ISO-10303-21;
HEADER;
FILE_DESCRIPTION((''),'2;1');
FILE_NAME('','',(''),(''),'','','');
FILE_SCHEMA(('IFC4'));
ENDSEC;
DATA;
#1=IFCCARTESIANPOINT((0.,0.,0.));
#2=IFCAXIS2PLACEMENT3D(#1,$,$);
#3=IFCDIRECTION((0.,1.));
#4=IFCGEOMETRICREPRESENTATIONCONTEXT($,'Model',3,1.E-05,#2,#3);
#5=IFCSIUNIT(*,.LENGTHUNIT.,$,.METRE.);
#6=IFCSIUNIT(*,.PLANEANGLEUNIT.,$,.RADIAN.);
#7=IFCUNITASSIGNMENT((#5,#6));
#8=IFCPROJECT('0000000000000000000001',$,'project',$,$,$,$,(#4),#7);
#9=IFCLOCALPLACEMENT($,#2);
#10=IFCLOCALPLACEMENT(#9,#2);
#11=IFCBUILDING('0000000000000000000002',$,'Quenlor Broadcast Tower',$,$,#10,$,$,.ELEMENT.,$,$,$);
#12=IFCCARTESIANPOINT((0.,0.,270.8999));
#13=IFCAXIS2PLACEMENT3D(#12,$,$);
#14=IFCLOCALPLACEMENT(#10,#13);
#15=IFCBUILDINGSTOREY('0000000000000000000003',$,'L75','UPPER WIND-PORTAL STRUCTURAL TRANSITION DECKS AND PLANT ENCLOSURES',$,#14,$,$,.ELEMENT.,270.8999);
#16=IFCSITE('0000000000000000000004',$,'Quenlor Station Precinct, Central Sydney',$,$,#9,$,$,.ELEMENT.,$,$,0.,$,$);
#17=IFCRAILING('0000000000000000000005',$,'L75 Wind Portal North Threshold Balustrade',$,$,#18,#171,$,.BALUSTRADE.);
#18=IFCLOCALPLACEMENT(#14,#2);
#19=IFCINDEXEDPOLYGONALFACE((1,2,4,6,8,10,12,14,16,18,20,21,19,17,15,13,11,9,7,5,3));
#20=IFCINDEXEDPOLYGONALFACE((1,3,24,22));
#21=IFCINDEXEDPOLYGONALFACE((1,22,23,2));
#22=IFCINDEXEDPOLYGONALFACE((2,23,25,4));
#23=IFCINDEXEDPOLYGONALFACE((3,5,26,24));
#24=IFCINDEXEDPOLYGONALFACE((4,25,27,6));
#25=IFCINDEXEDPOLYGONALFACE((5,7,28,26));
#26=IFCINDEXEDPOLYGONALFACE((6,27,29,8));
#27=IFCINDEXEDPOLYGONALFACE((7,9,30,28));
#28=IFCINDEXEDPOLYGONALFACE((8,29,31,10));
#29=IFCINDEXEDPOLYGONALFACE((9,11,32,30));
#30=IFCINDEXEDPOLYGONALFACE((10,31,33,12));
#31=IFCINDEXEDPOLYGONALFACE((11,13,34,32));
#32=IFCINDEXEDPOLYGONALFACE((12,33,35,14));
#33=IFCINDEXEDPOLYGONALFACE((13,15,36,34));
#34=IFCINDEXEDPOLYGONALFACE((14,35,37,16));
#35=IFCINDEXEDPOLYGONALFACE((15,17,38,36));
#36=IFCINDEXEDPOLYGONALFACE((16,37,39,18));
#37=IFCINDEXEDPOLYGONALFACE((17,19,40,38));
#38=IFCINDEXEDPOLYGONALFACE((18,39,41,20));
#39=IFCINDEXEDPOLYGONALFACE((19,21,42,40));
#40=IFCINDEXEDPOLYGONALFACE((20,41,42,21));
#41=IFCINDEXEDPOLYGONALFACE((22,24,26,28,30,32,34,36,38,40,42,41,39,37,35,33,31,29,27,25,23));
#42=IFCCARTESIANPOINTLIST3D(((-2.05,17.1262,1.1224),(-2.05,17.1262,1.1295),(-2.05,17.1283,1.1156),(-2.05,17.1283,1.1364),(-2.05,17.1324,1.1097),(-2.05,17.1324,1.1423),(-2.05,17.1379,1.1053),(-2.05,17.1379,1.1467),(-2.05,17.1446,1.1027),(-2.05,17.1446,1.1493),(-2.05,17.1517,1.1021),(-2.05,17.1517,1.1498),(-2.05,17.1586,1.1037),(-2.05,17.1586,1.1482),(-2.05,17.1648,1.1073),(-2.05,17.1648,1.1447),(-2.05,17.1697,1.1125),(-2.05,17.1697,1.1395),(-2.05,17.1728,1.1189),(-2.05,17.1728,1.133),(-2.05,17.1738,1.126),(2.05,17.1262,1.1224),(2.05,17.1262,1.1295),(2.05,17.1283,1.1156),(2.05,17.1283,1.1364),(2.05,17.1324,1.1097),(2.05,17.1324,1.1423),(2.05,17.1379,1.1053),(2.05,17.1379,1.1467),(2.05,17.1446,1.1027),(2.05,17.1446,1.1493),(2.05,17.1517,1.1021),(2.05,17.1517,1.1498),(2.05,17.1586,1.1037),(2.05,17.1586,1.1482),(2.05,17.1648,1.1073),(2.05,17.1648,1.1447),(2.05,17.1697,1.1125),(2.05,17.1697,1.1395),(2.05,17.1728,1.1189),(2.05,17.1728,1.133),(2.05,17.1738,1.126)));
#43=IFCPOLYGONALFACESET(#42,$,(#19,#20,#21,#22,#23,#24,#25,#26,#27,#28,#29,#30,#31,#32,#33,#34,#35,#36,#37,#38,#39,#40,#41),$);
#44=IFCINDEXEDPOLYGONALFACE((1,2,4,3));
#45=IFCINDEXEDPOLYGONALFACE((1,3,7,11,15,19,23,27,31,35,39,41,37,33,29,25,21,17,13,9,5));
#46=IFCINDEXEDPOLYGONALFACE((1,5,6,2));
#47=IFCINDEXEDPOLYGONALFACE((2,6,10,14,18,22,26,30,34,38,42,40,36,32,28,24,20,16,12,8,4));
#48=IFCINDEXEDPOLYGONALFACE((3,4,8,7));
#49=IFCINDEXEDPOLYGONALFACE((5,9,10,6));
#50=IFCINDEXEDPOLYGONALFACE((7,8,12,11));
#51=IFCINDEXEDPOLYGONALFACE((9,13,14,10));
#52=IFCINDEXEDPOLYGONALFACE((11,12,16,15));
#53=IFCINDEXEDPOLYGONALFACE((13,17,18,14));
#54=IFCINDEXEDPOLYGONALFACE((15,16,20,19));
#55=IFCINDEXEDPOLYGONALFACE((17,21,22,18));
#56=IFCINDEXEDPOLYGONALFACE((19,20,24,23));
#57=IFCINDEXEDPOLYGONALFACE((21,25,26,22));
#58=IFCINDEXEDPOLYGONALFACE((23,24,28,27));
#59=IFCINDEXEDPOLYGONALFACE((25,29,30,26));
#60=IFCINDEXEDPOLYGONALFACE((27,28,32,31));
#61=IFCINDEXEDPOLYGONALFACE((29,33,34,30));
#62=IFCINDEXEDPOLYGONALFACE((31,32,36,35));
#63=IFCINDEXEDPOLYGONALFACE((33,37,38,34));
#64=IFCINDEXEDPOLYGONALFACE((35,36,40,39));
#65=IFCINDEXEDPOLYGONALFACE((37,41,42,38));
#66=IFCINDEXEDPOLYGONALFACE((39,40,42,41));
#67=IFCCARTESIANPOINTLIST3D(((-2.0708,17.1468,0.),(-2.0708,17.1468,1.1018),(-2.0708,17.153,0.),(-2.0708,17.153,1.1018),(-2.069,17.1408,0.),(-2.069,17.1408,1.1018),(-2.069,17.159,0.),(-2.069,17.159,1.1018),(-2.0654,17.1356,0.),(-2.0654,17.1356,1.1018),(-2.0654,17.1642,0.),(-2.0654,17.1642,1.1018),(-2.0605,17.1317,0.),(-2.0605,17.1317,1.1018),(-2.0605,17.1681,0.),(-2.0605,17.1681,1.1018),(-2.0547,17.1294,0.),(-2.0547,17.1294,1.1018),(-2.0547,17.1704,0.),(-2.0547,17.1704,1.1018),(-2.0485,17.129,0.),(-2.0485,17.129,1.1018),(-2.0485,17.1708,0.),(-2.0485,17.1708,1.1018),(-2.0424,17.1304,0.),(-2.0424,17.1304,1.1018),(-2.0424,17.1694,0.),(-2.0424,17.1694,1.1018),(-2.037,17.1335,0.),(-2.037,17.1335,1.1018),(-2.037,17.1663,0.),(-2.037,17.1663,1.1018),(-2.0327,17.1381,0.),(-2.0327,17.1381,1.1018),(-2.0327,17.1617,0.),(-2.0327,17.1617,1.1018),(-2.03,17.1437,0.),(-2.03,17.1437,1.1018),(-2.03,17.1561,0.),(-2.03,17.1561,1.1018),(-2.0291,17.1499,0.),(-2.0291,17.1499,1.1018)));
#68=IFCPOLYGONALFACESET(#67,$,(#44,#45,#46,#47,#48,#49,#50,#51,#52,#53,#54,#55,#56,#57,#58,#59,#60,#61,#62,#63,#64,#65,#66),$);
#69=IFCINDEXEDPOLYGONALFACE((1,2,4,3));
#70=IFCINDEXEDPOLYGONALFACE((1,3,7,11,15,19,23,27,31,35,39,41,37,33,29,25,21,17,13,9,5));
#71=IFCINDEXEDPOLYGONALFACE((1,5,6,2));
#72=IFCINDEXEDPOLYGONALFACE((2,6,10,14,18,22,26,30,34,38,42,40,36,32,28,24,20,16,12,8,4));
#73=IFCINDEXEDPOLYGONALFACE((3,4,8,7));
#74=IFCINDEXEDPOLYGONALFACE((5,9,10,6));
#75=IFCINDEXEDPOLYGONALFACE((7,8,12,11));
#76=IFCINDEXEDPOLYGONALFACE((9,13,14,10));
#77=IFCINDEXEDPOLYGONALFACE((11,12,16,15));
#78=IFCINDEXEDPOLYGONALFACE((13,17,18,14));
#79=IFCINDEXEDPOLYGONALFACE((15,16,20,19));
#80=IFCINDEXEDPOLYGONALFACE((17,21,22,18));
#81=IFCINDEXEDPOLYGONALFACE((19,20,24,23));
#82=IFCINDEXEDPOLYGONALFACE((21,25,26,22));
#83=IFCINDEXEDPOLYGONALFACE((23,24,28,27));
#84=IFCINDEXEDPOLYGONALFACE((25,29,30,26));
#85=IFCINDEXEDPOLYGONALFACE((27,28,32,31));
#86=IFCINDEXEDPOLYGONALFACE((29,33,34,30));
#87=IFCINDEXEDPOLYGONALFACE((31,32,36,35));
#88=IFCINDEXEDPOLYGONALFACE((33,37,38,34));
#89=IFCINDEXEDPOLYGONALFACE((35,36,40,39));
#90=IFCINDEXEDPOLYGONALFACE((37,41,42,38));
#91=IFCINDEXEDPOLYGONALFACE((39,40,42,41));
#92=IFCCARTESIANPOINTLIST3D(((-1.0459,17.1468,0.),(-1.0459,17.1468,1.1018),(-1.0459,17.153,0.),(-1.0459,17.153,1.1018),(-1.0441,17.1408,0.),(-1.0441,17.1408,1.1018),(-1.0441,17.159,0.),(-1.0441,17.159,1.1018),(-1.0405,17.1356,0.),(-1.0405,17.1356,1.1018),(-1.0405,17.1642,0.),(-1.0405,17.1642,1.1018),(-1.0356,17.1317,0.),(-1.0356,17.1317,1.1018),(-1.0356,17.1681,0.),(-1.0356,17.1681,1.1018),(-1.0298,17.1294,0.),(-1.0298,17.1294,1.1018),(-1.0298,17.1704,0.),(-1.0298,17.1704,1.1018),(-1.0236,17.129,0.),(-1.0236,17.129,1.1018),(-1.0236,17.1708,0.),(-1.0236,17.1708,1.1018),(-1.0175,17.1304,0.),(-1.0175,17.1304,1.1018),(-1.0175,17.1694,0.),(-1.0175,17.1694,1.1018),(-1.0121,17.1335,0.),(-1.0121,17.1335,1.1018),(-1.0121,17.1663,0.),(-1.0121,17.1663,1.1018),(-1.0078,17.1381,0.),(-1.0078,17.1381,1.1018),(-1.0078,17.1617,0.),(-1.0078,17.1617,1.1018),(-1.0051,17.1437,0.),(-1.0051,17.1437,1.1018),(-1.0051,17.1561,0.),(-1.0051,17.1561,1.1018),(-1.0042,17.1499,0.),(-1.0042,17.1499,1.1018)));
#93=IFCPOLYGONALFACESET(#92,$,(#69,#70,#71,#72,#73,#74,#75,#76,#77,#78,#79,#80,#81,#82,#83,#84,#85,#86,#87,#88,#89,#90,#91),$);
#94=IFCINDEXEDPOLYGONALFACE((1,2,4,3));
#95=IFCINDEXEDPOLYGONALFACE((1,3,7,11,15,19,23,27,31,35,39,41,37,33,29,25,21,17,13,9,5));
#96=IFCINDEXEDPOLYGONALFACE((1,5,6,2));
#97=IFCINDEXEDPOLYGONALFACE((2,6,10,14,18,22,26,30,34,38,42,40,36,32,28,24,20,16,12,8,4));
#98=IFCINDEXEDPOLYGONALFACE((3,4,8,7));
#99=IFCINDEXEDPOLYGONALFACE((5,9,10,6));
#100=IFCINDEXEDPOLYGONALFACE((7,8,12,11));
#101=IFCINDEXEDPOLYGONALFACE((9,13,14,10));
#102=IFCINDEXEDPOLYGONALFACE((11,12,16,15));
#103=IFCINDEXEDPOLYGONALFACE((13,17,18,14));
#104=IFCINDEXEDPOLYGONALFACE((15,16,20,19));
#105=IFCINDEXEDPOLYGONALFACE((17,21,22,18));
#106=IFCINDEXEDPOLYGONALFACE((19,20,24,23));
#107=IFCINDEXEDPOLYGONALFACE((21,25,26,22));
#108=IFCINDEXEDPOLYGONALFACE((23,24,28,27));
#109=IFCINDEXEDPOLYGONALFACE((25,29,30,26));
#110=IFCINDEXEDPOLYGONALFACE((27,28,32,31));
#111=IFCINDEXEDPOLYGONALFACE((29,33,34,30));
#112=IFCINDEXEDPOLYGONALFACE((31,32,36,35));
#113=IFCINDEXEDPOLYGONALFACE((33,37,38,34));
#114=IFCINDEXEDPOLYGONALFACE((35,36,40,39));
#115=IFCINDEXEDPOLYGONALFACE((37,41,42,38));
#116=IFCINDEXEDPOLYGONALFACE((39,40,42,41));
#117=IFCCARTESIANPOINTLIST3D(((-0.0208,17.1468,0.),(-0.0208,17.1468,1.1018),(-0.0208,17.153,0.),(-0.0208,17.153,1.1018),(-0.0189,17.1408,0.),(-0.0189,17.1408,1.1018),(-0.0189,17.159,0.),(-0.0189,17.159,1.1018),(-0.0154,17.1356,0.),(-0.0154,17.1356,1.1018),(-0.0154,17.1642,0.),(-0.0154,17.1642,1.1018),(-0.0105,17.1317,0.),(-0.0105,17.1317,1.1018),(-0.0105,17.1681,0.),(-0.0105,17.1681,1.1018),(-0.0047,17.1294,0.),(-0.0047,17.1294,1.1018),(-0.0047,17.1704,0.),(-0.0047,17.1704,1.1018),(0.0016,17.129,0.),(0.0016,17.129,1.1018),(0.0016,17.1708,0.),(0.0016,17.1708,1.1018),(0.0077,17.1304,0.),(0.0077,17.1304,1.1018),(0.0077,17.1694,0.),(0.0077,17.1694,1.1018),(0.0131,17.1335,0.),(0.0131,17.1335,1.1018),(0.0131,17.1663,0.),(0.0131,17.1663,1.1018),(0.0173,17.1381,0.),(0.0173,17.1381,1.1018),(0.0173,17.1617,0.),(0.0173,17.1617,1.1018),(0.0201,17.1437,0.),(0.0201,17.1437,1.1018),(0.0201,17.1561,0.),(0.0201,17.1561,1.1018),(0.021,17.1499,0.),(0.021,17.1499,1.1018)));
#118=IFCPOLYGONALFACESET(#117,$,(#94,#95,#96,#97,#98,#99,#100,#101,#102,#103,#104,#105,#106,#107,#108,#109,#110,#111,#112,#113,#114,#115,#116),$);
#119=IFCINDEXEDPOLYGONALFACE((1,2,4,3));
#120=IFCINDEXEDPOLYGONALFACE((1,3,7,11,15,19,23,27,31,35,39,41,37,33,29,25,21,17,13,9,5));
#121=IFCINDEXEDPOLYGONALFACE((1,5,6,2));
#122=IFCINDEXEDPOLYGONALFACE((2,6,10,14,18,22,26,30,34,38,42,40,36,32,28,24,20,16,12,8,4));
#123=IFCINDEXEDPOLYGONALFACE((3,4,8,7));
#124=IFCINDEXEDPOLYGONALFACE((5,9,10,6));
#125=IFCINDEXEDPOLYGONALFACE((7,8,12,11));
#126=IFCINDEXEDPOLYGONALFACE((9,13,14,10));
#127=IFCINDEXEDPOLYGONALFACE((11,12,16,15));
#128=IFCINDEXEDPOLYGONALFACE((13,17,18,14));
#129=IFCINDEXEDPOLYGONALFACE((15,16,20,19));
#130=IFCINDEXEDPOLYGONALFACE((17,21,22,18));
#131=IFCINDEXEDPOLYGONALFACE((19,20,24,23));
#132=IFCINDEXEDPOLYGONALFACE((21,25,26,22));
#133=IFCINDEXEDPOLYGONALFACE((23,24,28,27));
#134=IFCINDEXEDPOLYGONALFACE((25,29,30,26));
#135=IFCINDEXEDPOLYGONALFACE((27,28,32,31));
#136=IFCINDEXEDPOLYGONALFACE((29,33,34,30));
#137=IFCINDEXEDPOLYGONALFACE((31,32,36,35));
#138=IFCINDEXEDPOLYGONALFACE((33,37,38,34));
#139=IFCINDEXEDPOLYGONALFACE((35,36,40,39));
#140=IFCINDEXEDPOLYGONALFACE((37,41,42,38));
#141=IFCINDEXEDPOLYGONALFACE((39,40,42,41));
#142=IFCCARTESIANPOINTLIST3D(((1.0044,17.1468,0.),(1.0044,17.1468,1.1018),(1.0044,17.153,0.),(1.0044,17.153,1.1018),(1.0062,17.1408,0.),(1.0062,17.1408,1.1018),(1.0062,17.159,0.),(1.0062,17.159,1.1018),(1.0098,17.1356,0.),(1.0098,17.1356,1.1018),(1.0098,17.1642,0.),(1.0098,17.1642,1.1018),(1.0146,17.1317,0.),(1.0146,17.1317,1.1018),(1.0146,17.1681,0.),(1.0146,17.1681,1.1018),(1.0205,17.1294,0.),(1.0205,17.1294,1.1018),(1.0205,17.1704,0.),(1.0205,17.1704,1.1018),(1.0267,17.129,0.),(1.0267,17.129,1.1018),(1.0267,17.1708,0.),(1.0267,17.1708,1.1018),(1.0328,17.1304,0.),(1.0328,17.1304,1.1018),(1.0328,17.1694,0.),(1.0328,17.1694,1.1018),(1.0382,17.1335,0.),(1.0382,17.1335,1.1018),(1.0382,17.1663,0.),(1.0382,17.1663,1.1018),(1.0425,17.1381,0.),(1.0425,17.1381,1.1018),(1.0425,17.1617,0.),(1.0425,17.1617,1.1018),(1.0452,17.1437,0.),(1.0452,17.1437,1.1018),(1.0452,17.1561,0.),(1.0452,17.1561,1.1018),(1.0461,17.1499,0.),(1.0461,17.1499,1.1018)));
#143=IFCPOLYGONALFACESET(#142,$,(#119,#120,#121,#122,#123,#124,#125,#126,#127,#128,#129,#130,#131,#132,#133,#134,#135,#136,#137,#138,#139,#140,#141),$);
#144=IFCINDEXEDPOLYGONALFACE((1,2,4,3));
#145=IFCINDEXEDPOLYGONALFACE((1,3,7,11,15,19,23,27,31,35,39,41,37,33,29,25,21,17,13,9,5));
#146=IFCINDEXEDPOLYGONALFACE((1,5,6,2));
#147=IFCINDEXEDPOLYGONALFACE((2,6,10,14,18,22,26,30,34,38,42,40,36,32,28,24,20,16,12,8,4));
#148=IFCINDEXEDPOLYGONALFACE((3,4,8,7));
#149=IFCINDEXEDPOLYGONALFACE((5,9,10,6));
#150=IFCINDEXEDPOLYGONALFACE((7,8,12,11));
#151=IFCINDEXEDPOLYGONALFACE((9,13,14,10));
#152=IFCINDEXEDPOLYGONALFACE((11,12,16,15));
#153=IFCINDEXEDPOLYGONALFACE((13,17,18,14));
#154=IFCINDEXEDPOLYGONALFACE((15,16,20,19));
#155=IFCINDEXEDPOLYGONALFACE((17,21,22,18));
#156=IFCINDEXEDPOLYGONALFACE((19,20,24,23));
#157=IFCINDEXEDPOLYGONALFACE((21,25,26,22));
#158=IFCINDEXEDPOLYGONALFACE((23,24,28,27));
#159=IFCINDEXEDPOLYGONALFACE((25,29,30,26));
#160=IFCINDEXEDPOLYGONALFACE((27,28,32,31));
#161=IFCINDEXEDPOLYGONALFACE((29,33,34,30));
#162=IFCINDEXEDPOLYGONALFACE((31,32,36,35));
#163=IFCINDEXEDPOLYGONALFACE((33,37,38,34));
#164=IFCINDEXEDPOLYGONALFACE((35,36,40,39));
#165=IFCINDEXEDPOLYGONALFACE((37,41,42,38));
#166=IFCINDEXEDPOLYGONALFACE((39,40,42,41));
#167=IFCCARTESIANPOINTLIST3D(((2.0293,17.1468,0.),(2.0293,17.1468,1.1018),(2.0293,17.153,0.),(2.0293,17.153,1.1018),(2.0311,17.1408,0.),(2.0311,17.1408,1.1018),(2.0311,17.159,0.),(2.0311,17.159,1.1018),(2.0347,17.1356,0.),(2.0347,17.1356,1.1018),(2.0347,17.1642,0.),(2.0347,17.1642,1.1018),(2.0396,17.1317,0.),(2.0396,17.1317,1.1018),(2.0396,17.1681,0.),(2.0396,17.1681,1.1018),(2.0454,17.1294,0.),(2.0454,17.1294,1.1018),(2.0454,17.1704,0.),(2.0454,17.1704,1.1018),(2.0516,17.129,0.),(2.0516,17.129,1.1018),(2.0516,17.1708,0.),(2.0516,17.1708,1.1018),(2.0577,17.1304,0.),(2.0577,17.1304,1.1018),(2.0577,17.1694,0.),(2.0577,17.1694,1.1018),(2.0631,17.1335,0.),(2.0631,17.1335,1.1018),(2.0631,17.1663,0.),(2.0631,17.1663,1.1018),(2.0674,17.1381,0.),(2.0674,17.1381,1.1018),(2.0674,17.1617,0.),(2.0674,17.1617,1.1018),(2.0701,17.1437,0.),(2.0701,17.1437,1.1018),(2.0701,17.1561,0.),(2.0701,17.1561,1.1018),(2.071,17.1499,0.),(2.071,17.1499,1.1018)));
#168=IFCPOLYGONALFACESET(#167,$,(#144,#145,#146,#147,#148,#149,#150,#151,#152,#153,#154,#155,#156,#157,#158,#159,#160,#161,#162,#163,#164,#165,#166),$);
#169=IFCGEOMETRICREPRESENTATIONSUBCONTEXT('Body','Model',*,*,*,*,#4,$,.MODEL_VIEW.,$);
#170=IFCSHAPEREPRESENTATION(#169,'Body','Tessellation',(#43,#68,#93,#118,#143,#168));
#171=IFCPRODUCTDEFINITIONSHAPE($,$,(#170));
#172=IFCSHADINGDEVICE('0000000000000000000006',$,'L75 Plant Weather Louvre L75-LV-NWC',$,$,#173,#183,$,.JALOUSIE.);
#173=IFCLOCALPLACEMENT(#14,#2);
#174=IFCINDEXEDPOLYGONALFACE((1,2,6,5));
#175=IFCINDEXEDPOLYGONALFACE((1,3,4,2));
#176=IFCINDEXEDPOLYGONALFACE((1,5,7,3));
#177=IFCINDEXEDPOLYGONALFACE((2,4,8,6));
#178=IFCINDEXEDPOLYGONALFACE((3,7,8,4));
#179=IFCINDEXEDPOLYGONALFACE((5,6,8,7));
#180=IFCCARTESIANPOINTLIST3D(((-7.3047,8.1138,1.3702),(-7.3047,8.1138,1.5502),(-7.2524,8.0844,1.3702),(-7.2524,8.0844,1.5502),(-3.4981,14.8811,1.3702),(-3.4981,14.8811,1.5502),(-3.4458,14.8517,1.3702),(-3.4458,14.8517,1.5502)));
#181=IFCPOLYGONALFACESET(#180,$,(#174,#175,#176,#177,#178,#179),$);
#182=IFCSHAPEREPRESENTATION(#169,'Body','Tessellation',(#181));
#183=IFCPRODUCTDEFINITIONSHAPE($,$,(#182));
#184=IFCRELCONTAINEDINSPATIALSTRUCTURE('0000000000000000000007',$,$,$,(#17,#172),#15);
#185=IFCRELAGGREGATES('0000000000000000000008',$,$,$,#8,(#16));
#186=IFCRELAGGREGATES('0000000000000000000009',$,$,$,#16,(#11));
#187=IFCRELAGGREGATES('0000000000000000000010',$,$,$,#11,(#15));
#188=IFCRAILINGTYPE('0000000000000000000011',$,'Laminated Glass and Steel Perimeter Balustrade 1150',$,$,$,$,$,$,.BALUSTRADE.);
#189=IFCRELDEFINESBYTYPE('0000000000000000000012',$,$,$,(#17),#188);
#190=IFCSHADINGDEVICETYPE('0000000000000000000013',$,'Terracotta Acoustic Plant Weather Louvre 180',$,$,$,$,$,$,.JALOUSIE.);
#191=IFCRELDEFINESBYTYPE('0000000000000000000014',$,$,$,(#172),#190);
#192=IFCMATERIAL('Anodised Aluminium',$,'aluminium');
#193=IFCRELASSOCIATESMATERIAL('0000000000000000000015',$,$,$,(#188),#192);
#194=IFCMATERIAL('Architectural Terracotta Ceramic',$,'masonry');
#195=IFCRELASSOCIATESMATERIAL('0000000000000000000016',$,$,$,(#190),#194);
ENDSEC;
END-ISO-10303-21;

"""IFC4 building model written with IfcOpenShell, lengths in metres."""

from ifc_helpers import new_model, si_unit, direction, frame, origin, origin_2d, place, context, subcontext, project, spatial, rectangle, circle, extrude, material, material_profile, profile_set, type_object, element, save


model = new_model("IFC4")

# Units and contexts
model_context = context("Model", 3, precision=1e-05, world=origin(), true_north=direction((0.0, 1.0)))
body_context = subcontext(model_context, "Body", "Model", "MODEL_VIEW")
ifc_project = project(units=[si_unit("LENGTHUNIT", "METRE"), si_unit("PLANEANGLEUNIT", "RADIAN")], contexts=[model_context])

# Site, building, storey
site_placement = place(None, origin())
site = spatial("IfcSite", under=ifc_project, at=site_placement, Name="Quenlor Station Precinct, Central Sydney", CompositionType="ELEMENT", RefElevation=0.0)
building_placement = place(site_placement, origin())
building = spatial("IfcBuilding", under=site, at=building_placement, Name="Quenlor Broadcast Tower", CompositionType="ELEMENT")
storey_placement = place(building_placement, frame((0.0, 0.0, 270.8999)))
storey = spatial("IfcBuildingStorey", under=building, at=storey_placement, Name="L75", Description="UPPER WIND-PORTAL STRUCTURAL TRANSITION DECKS AND PLANT ENCLOSURES", CompositionType="ELEMENT", Elevation=270.8999)

# Railing
ifc_material_1 = material(Name="Anodised Aluminium", Category="aluminium")
railing_type = type_object("IfcRailingType", Name="Laminated Glass and Steel Perimeter Balustrade 1150", PredefinedType="BALUSTRADE", material=ifc_material_1)
railing_placement = place(storey_placement, frame((-2.05, 17.1499, 0.0)))
element("IfcRailing", 1, at=railing_placement, inside=storey, type_object=railing_type, Name="L75 Wind Portal North Threshold Balustrade", PredefinedType="BALUSTRADE", context=body_context, shape_type="SweptSolid", body=[
    extrude(circle(Radius=0.0239, at=origin_2d()), frame((0.0, 0.0, 1.126), z_axis=(1.0, 0.0, 0.0), x_axis=(0.0, 1.0, 0.0)), (0.0, 0.0, 1.0), 4.1001),
    extrude(circle(Radius=0.021, at=origin_2d()), origin(), (0.0, 0.0, 1.0), 1.1018),
    extrude(circle(Radius=0.021, at=origin_2d()), frame((1.0249, 0.0, 0.0)), (0.0, 0.0, 1.0), 1.1018),
    extrude(circle(Radius=0.021, at=origin_2d()), frame((2.05, 0.0, 0.0)), (0.0, 0.0, 1.0), 1.1018),
    extrude(circle(Radius=0.021, at=origin_2d()), frame((3.0752, 0.0, 0.0)), (0.0, 0.0, 1.0), 1.1018),
    extrude(circle(Radius=0.021, at=origin_2d()), frame((4.1001, 0.0, 0.0)), (0.0, 0.0, 1.0), 1.1018),
])

# Shading device
ifc_material_2 = material(Name="Architectural Terracotta Ceramic", Category="masonry")
ifc_material_profile_1 = material_profile(ifc_material_2, rectangle(XDim=0.0601, YDim=0.1799, at=origin_2d()))
ifc_profile_set_1 = profile_set([ifc_material_profile_1], Name="Architectural Terracotta Ceramic LVR60x180")
shading_device_type = type_object("IfcShadingDeviceType", Name="Terracotta Acoustic Plant Weather Louvre 180", PredefinedType="JALOUSIE", material=ifc_profile_set_1)
shading_device_placement = place(storey_placement, frame((-7.2786, 8.0991, 1.4602), z_axis=(0.490263, 0.871575, 0.0), x_axis=(-0.871575, 0.490263, 0.0)))
element("IfcShadingDevice", 2, at=shading_device_placement, inside=storey, type_object=shading_device_type, Name="L75 Plant Weather Louvre L75-LV-NWC", PredefinedType="JALOUSIE", context=body_context, shape_type="SweptSolid", body=[
    extrude(rectangle(XDim=0.0601, YDim=0.1799, at=origin_2d()), origin(), (0.0, 0.0, 1.0), 7.7644),
])

save(model, "model.ifc")
